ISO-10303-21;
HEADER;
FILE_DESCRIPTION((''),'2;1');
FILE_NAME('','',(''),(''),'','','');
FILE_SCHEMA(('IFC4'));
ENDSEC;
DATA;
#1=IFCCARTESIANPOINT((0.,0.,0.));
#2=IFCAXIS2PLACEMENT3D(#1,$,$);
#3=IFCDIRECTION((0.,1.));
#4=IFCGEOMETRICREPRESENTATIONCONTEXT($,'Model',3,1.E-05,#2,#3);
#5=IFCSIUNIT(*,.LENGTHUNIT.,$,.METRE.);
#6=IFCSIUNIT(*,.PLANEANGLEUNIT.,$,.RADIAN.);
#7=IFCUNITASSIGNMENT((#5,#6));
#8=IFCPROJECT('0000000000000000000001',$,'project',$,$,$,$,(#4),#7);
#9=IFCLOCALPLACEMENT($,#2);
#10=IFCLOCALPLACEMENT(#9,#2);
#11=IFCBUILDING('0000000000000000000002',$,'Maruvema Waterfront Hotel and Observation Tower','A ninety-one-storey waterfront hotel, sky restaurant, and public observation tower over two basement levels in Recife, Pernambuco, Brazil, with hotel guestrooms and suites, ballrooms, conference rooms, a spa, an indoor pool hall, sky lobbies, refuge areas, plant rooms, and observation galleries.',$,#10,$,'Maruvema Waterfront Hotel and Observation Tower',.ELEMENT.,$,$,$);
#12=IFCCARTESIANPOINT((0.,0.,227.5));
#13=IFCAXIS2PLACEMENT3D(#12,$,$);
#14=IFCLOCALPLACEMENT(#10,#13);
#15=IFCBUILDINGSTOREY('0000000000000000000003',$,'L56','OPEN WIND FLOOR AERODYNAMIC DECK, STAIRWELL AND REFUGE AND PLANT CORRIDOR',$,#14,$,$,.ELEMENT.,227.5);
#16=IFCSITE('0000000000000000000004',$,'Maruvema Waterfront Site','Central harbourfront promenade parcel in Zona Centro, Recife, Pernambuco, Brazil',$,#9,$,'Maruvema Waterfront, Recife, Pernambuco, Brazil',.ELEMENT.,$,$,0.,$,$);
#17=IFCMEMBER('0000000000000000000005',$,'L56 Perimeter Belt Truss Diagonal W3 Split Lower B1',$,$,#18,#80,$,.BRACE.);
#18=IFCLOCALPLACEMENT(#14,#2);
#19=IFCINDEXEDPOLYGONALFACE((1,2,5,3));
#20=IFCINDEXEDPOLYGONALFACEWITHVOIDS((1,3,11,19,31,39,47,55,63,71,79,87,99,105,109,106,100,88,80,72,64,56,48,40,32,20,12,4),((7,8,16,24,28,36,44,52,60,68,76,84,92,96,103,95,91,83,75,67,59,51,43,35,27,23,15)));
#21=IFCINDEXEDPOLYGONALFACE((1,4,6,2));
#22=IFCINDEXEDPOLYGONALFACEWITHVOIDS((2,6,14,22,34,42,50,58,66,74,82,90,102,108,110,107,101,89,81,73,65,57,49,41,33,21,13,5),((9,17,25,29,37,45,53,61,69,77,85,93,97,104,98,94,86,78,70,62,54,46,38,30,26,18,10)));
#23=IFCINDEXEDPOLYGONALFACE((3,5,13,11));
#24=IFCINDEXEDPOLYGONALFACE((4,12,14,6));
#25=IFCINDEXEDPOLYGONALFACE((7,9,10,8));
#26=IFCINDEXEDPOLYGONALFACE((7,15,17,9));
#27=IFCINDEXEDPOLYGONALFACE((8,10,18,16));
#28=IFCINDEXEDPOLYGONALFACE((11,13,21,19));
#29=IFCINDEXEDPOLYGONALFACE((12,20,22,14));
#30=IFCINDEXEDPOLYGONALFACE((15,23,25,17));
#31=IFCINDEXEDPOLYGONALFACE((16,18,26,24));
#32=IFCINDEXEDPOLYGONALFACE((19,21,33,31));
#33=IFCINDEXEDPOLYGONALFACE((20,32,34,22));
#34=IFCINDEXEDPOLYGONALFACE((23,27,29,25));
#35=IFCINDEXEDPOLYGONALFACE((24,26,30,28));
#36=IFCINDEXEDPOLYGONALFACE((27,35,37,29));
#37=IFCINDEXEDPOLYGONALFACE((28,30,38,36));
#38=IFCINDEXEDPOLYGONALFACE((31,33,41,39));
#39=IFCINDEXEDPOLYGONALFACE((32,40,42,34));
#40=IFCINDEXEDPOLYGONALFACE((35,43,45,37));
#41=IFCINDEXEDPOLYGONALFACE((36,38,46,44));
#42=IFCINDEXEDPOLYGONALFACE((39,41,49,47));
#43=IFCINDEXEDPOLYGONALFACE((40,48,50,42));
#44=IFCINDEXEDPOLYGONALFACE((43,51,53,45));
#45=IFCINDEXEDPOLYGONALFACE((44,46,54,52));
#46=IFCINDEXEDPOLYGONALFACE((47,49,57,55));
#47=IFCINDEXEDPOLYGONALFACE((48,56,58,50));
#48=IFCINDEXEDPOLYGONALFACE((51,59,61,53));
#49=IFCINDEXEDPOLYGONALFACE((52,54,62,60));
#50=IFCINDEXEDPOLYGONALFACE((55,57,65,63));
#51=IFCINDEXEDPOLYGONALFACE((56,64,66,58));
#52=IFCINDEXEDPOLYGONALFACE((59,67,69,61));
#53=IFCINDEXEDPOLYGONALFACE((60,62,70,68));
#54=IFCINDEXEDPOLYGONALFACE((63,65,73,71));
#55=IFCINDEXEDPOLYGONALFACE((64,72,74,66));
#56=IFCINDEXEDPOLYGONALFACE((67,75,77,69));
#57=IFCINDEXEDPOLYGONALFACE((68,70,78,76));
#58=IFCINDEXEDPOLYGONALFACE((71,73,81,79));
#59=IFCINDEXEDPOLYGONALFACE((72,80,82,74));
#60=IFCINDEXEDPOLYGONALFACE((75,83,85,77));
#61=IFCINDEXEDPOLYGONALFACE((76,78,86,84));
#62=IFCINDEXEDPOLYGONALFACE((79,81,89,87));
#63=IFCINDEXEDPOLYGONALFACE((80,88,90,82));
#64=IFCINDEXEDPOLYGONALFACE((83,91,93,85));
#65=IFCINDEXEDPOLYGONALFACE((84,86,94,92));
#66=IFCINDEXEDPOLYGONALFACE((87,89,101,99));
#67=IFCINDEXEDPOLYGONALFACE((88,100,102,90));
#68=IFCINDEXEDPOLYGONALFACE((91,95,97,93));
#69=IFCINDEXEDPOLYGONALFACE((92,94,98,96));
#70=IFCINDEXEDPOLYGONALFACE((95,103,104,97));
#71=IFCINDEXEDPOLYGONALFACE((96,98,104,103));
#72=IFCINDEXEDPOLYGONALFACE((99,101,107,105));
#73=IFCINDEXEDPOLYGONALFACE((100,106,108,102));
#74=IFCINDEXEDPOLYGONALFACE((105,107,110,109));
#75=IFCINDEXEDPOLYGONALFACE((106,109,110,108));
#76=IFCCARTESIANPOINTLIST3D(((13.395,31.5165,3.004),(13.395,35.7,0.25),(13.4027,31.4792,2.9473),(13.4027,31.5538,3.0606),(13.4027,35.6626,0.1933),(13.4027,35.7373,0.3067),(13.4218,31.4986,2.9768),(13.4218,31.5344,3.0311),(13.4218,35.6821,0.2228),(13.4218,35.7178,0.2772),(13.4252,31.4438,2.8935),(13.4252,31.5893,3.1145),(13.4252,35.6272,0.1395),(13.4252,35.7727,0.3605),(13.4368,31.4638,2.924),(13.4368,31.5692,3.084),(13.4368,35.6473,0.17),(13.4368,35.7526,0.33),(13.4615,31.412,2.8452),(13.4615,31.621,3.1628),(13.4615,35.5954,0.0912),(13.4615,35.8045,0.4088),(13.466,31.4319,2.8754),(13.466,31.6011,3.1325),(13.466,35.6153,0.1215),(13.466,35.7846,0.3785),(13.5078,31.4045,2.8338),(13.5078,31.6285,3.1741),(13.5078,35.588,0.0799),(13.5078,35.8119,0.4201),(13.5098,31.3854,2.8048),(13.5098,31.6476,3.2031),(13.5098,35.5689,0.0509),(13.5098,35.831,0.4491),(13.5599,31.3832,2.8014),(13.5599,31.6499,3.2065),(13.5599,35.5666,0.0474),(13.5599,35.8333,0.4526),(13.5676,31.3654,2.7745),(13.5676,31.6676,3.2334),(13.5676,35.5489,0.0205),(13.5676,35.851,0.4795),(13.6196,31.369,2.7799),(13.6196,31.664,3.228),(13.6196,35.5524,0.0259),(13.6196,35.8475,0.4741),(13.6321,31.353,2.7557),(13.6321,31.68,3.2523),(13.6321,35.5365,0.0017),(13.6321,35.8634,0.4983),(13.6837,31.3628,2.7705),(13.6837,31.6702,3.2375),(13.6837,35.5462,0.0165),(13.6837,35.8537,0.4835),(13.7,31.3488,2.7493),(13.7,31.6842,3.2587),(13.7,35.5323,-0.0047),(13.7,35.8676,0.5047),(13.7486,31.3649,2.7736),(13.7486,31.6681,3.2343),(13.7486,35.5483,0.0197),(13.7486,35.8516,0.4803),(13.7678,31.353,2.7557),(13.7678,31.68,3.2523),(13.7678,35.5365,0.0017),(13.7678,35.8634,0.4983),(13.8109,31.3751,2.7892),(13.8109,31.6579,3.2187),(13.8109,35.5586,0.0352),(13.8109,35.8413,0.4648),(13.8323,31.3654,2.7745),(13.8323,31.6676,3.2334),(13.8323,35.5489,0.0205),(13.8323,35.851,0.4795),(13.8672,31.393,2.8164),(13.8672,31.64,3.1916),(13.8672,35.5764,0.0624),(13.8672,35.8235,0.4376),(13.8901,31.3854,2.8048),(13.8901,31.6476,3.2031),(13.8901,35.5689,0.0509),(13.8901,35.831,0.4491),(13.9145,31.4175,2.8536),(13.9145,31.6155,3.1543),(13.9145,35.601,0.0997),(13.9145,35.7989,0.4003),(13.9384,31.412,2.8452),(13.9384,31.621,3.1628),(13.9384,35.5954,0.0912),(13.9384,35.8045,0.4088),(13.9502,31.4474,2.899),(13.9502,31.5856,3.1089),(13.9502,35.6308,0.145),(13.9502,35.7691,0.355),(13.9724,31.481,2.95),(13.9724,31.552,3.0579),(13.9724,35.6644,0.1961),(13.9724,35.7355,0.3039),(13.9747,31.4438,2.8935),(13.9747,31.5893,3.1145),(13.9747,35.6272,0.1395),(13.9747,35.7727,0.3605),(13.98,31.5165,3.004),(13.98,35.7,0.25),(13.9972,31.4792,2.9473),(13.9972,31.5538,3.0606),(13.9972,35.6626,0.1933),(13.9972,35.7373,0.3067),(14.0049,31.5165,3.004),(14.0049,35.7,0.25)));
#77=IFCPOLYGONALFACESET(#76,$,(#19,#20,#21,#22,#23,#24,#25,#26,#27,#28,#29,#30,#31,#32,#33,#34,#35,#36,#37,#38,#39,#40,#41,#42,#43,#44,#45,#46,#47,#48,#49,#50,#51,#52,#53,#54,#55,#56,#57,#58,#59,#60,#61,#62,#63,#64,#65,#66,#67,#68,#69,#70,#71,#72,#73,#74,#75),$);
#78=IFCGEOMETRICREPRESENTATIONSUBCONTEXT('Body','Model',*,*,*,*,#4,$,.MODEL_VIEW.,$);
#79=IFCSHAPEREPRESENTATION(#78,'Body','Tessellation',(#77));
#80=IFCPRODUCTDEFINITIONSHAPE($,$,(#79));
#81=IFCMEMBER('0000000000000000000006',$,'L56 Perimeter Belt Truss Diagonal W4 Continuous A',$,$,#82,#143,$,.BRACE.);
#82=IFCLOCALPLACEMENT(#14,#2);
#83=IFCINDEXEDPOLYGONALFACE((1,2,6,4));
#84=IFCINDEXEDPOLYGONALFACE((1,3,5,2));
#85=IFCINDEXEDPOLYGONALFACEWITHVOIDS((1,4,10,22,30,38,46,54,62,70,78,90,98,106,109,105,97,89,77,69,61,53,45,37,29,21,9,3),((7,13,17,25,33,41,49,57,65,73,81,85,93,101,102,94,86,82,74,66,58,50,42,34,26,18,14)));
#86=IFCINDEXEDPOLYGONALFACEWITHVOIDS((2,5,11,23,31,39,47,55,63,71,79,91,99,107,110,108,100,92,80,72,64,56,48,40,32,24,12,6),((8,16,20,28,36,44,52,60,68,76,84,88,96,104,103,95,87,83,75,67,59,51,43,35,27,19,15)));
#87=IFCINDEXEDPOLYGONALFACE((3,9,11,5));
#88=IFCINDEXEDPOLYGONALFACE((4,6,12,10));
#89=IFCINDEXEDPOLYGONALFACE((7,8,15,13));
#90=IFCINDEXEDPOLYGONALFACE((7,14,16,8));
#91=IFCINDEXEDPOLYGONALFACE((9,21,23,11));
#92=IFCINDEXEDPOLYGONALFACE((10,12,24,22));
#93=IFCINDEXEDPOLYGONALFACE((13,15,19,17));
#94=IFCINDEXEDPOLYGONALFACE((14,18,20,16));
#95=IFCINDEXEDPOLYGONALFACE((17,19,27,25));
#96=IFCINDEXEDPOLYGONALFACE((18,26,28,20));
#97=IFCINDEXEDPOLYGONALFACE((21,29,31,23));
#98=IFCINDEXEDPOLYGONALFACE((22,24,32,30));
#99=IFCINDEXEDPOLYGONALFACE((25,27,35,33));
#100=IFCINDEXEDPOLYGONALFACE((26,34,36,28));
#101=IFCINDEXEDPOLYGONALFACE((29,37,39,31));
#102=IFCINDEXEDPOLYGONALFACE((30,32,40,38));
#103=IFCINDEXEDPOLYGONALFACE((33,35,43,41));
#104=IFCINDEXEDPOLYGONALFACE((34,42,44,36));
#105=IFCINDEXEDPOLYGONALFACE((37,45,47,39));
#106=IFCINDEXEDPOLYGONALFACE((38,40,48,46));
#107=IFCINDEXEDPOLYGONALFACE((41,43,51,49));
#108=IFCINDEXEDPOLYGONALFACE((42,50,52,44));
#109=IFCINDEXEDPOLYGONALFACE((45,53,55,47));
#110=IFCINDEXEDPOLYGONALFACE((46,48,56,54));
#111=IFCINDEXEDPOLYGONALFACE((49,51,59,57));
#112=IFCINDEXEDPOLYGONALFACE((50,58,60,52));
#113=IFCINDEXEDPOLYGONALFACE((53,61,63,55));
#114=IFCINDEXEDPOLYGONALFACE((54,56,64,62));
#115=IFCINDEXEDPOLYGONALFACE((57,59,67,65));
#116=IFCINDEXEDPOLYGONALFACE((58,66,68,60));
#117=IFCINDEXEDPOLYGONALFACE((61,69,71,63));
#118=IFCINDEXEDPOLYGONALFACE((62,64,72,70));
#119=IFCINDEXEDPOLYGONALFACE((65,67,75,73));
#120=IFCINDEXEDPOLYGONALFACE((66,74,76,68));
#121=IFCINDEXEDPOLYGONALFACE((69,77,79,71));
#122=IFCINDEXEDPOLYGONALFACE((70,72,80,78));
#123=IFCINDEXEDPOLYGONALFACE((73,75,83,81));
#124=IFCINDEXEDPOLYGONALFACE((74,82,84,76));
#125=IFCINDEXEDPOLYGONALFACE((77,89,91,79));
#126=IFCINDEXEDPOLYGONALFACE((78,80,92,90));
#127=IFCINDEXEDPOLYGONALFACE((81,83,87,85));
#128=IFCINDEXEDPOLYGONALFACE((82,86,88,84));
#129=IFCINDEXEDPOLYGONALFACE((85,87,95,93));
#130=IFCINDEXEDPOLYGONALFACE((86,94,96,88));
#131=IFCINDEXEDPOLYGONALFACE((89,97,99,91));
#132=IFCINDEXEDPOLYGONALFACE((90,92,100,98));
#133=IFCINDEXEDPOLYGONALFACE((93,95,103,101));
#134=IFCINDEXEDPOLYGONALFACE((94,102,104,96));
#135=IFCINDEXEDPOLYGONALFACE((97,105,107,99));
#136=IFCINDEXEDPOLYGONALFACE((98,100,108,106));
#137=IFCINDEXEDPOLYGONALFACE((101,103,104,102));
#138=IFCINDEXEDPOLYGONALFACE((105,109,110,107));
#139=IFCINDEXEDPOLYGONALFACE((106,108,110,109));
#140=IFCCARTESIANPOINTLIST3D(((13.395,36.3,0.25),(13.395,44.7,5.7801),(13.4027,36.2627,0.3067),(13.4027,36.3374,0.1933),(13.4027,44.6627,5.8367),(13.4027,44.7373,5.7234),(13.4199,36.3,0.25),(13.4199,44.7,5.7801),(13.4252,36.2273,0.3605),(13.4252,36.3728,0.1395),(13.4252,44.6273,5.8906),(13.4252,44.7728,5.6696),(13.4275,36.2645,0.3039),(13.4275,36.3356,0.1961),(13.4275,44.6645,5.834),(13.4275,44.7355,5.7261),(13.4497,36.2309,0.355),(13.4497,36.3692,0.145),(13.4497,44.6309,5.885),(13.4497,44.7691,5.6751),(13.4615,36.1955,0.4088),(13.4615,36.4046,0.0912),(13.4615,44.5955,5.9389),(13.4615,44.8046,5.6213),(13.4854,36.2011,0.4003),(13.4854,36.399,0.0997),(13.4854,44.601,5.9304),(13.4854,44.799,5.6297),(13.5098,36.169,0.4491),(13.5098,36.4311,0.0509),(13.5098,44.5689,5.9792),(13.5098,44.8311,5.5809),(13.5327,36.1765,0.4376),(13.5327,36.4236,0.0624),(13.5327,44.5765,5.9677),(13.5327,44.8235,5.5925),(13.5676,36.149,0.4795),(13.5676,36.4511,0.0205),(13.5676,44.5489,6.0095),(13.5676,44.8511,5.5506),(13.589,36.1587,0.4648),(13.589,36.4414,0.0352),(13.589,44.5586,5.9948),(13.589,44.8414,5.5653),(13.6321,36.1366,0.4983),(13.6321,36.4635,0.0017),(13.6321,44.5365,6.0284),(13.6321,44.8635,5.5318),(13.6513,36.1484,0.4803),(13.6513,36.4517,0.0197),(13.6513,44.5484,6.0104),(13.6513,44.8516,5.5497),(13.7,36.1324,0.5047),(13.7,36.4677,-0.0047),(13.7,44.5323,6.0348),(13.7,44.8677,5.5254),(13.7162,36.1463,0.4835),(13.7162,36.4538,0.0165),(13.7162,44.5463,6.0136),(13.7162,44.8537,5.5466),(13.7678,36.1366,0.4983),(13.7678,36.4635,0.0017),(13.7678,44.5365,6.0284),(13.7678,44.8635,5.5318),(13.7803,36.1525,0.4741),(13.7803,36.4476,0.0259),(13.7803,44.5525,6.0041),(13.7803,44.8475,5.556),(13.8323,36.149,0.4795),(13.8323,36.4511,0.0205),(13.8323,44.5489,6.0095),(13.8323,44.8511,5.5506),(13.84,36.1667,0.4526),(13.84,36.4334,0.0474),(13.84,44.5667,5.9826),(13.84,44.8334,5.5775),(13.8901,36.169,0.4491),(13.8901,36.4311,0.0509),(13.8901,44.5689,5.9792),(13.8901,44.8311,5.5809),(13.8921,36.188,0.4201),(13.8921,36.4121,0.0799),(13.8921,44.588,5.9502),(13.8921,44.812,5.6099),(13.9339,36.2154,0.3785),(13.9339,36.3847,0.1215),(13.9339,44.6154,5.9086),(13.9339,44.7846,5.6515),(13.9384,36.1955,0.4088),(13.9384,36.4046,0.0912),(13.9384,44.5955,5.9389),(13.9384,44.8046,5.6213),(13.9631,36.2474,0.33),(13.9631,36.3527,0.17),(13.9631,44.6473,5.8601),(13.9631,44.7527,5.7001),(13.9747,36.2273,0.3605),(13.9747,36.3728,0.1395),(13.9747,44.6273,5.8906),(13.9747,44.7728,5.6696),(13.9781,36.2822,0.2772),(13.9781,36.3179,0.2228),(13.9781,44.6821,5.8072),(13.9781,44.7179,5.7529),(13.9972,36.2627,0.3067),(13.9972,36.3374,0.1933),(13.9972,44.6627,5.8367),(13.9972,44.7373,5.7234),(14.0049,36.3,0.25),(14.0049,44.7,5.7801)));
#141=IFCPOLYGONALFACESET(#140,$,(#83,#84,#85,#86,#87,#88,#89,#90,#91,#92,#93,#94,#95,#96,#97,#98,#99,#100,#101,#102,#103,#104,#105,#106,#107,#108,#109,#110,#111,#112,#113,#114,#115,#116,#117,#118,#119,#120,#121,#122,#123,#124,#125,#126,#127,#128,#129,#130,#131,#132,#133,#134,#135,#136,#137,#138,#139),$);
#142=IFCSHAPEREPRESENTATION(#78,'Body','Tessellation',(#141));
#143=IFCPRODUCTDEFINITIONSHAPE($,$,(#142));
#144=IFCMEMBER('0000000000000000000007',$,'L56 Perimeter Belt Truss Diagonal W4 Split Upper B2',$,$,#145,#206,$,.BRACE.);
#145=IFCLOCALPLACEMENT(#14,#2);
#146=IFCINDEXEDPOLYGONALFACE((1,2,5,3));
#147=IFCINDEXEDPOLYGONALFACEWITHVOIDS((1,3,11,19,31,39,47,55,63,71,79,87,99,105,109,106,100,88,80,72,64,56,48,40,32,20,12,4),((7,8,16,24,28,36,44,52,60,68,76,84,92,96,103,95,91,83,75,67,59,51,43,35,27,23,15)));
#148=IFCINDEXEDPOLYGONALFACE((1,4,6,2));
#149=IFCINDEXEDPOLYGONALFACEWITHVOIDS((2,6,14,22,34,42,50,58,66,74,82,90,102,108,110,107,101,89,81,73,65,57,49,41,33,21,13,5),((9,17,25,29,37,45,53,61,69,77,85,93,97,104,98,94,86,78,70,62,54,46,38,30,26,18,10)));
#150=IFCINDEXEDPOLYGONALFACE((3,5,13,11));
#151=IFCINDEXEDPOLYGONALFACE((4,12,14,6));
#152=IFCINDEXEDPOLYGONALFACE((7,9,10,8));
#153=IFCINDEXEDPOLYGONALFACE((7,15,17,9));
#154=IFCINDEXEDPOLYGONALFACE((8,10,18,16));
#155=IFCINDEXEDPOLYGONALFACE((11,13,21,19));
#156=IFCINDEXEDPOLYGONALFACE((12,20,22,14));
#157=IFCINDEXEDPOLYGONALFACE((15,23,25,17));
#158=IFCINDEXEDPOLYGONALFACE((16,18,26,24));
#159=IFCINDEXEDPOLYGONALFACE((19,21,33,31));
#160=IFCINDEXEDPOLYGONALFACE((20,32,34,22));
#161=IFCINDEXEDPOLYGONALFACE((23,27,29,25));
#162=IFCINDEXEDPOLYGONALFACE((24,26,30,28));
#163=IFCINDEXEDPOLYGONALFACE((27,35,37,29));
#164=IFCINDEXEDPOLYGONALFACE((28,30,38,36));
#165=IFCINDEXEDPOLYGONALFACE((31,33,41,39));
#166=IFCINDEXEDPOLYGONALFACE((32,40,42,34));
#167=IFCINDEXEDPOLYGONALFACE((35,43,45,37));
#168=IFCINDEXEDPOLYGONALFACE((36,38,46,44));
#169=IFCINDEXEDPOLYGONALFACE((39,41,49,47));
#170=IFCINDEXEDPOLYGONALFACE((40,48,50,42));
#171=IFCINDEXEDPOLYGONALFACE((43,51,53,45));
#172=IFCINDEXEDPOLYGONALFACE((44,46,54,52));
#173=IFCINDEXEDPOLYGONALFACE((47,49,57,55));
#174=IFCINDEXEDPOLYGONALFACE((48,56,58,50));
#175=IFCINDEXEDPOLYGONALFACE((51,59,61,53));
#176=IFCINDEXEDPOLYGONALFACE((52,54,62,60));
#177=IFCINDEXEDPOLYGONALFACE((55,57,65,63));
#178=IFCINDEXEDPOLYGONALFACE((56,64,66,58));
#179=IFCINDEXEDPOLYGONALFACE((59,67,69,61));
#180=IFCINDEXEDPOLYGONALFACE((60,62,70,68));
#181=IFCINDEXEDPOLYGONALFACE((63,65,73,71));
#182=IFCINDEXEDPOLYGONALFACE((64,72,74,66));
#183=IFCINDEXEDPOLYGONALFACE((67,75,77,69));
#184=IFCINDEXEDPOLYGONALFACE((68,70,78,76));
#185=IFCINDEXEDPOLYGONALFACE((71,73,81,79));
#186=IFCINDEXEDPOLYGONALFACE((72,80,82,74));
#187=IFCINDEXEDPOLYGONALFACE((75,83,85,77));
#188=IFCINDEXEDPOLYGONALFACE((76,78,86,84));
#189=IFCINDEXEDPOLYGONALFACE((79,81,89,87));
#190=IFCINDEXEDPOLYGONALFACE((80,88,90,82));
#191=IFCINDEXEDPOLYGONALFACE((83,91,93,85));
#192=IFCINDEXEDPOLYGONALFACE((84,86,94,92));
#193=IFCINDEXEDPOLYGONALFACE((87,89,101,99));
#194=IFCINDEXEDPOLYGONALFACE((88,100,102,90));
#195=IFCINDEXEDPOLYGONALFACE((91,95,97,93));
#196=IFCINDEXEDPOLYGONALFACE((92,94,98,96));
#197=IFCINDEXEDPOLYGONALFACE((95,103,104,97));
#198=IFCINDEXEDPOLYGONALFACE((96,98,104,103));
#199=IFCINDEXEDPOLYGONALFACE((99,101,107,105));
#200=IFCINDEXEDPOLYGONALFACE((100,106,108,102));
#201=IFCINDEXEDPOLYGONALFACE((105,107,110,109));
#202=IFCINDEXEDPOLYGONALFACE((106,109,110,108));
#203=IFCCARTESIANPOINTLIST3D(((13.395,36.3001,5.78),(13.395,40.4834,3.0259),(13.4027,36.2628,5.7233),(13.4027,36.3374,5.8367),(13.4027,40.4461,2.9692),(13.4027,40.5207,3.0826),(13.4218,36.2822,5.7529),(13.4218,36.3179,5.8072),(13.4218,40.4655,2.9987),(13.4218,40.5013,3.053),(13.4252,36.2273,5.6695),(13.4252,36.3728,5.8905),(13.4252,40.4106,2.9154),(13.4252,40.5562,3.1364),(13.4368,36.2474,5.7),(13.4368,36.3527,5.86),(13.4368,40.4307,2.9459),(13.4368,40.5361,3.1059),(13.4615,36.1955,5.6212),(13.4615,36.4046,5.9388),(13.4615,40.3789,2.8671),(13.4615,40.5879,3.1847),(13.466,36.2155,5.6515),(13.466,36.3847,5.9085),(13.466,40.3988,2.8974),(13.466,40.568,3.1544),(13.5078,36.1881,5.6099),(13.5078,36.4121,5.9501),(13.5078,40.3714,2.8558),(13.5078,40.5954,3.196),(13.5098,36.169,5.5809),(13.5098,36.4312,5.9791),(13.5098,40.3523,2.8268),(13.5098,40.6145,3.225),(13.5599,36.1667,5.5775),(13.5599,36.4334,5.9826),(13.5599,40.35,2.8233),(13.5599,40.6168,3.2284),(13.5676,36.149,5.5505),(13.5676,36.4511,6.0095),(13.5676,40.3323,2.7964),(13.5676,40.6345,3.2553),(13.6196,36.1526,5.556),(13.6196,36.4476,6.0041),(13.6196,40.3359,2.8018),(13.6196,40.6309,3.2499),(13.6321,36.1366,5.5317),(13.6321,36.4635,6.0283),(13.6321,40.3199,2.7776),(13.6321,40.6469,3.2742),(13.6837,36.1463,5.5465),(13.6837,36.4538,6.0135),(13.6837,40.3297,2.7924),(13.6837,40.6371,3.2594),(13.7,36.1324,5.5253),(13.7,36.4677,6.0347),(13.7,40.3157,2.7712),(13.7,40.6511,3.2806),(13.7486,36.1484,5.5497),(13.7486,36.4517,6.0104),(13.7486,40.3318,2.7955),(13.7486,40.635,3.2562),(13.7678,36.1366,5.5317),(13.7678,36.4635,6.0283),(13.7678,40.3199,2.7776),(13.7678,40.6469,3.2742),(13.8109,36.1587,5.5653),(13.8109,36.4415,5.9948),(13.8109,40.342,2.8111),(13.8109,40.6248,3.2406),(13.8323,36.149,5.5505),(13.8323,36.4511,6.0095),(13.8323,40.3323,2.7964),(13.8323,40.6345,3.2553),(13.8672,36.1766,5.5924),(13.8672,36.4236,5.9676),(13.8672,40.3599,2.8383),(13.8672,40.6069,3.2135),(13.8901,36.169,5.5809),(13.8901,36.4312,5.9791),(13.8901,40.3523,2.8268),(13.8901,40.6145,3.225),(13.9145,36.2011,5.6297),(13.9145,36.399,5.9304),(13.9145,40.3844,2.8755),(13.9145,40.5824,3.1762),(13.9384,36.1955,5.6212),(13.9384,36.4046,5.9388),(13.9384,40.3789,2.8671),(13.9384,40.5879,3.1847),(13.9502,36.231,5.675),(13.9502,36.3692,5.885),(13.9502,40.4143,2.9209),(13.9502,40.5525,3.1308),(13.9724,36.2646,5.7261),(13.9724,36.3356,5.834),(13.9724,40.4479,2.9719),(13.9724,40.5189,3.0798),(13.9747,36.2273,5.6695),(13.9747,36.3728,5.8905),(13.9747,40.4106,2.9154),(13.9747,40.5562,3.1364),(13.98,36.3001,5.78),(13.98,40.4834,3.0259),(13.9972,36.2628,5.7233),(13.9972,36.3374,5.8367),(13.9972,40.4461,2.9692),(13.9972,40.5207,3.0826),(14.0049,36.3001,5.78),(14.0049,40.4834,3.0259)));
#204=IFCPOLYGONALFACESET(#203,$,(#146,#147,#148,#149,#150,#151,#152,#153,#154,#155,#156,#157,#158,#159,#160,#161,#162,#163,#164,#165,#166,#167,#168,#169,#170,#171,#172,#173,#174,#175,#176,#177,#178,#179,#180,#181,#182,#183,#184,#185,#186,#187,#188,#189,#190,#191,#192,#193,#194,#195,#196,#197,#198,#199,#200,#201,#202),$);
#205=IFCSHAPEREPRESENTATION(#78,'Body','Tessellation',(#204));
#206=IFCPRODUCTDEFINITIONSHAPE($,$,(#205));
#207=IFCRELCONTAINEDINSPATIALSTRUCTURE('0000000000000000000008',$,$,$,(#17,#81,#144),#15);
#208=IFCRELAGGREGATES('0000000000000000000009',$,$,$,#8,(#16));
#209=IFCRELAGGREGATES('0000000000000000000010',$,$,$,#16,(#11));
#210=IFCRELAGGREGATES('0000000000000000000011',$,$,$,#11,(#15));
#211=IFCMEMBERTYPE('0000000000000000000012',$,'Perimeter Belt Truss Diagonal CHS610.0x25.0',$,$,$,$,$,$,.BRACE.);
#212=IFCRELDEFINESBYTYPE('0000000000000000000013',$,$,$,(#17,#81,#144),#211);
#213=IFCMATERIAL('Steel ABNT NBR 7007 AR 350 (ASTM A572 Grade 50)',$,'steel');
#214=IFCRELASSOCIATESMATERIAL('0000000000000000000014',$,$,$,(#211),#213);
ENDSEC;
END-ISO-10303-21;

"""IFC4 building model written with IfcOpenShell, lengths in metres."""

from ifc_helpers import new_model, si_unit, direction, frame, origin, origin_2d, place, context, subcontext, project, spatial, hollow_circle, extrude, material, material_profile, profile_set, type_object, element, save


model = new_model("IFC4")

# Units and contexts
model_context = context("Model", 3, precision=1e-05, world=origin(), true_north=direction((0.0, 1.0)))
body_context = subcontext(model_context, "Body", "Model", "MODEL_VIEW")
ifc_project = project(units=[si_unit("LENGTHUNIT", "METRE"), si_unit("PLANEANGLEUNIT", "RADIAN")], contexts=[model_context])

# Site, building, storey
site_placement = place(None, origin())
site = spatial("IfcSite", under=ifc_project, at=site_placement, Name="Maruvema Waterfront Site", Description="Central harbourfront promenade parcel in Zona Centro, Recife, Pernambuco, Brazil", LongName="Maruvema Waterfront, Recife, Pernambuco, Brazil", CompositionType="ELEMENT", RefElevation=0.0)
building_placement = place(site_placement, origin())
building = spatial("IfcBuilding", under=site, at=building_placement, Name="Maruvema Waterfront Hotel and Observation Tower", Description="A ninety-one-storey waterfront hotel, sky restaurant, and public observation tower over two basement levels in Recife, Pernambuco, Brazil, with hotel guestrooms and suites, ballrooms, conference rooms, a spa, an indoor pool hall, sky lobbies, refuge areas, plant rooms, and observation galleries.", LongName="Maruvema Waterfront Hotel and Observation Tower", CompositionType="ELEMENT")
storey_placement = place(building_placement, frame((0.0, 0.0, 227.5)))
storey = spatial("IfcBuildingStorey", under=building, at=storey_placement, Name="L56", Description="OPEN WIND FLOOR AERODYNAMIC DECK, STAIRWELL AND REFUGE AND PLANT CORRIDOR", CompositionType="ELEMENT", Elevation=227.5)

# Members
ifc_material_1 = material(Name="Steel ABNT NBR 7007 AR 350 (ASTM A572 Grade 50)", Category="steel")
ifc_material_profile_1 = material_profile(ifc_material_1, hollow_circle(Radius=0.3049, WallThickness=0.0249, at=origin_2d()), Name="CHS610.0x25.0")
ifc_profile_set_1 = profile_set([ifc_material_profile_1], Name="Steel ABNT NBR 7007 AR 350 (ASTM A572 Grade 50)")
member_type_1 = type_object("IfcMemberType", Name="Perimeter Belt Truss Diagonal CHS610.0x25.0", PredefinedType="BRACE", material=ifc_profile_set_1)
member_1_placement = place(storey_placement, frame((13.7, 35.7, 0.25), z_axis=(0.0, -0.835261, 0.549854), x_axis=(1.0, 0.0, 0.0)))
element("IfcMember", 1, at=member_1_placement, inside=storey, type_object=member_type_1, Name="L56 Perimeter Belt Truss Diagonal W3 Split Lower B1", PredefinedType="BRACE", context=body_context, shape_type="SweptSolid", body=[
    extrude(hollow_circle(Radius=0.3049, WallThickness=0.0249, at=origin_2d()), origin(), (0.0, 0.0, 1.0), 5.0085),
])
member_2_placement = place(storey_placement, frame((13.7, 36.3, 0.25), z_axis=(0.0, 0.835245, 0.549879), x_axis=(-1.0, 0.0, 0.0)))
element("IfcMember", 2, at=member_2_placement, inside=storey, type_object=member_type_1, Name="L56 Perimeter Belt Truss Diagonal W4 Continuous A", PredefinedType="BRACE", context=body_context, shape_type="SweptSolid", body=[
    extrude(hollow_circle(Radius=0.3049, WallThickness=0.0249, at=origin_2d()), origin(), (0.0, 0.0, 1.0), 10.0569),
])
member_3_placement = place(storey_placement, frame((13.7, 40.4834, 3.0259), z_axis=(0.0, -0.835239, 0.549888), x_axis=(1.0, 0.0, 0.0)))
element("IfcMember", 3, at=member_3_placement, inside=storey, type_object=member_type_1, Name="L56 Perimeter Belt Truss Diagonal W4 Split Upper B2", PredefinedType="BRACE", context=body_context, shape_type="SweptSolid", body=[
    extrude(hollow_circle(Radius=0.3049, WallThickness=0.0249, at=origin_2d()), origin(), (0.0, 0.0, 1.0), 5.0085),
])

save(model, "model.ifc")
